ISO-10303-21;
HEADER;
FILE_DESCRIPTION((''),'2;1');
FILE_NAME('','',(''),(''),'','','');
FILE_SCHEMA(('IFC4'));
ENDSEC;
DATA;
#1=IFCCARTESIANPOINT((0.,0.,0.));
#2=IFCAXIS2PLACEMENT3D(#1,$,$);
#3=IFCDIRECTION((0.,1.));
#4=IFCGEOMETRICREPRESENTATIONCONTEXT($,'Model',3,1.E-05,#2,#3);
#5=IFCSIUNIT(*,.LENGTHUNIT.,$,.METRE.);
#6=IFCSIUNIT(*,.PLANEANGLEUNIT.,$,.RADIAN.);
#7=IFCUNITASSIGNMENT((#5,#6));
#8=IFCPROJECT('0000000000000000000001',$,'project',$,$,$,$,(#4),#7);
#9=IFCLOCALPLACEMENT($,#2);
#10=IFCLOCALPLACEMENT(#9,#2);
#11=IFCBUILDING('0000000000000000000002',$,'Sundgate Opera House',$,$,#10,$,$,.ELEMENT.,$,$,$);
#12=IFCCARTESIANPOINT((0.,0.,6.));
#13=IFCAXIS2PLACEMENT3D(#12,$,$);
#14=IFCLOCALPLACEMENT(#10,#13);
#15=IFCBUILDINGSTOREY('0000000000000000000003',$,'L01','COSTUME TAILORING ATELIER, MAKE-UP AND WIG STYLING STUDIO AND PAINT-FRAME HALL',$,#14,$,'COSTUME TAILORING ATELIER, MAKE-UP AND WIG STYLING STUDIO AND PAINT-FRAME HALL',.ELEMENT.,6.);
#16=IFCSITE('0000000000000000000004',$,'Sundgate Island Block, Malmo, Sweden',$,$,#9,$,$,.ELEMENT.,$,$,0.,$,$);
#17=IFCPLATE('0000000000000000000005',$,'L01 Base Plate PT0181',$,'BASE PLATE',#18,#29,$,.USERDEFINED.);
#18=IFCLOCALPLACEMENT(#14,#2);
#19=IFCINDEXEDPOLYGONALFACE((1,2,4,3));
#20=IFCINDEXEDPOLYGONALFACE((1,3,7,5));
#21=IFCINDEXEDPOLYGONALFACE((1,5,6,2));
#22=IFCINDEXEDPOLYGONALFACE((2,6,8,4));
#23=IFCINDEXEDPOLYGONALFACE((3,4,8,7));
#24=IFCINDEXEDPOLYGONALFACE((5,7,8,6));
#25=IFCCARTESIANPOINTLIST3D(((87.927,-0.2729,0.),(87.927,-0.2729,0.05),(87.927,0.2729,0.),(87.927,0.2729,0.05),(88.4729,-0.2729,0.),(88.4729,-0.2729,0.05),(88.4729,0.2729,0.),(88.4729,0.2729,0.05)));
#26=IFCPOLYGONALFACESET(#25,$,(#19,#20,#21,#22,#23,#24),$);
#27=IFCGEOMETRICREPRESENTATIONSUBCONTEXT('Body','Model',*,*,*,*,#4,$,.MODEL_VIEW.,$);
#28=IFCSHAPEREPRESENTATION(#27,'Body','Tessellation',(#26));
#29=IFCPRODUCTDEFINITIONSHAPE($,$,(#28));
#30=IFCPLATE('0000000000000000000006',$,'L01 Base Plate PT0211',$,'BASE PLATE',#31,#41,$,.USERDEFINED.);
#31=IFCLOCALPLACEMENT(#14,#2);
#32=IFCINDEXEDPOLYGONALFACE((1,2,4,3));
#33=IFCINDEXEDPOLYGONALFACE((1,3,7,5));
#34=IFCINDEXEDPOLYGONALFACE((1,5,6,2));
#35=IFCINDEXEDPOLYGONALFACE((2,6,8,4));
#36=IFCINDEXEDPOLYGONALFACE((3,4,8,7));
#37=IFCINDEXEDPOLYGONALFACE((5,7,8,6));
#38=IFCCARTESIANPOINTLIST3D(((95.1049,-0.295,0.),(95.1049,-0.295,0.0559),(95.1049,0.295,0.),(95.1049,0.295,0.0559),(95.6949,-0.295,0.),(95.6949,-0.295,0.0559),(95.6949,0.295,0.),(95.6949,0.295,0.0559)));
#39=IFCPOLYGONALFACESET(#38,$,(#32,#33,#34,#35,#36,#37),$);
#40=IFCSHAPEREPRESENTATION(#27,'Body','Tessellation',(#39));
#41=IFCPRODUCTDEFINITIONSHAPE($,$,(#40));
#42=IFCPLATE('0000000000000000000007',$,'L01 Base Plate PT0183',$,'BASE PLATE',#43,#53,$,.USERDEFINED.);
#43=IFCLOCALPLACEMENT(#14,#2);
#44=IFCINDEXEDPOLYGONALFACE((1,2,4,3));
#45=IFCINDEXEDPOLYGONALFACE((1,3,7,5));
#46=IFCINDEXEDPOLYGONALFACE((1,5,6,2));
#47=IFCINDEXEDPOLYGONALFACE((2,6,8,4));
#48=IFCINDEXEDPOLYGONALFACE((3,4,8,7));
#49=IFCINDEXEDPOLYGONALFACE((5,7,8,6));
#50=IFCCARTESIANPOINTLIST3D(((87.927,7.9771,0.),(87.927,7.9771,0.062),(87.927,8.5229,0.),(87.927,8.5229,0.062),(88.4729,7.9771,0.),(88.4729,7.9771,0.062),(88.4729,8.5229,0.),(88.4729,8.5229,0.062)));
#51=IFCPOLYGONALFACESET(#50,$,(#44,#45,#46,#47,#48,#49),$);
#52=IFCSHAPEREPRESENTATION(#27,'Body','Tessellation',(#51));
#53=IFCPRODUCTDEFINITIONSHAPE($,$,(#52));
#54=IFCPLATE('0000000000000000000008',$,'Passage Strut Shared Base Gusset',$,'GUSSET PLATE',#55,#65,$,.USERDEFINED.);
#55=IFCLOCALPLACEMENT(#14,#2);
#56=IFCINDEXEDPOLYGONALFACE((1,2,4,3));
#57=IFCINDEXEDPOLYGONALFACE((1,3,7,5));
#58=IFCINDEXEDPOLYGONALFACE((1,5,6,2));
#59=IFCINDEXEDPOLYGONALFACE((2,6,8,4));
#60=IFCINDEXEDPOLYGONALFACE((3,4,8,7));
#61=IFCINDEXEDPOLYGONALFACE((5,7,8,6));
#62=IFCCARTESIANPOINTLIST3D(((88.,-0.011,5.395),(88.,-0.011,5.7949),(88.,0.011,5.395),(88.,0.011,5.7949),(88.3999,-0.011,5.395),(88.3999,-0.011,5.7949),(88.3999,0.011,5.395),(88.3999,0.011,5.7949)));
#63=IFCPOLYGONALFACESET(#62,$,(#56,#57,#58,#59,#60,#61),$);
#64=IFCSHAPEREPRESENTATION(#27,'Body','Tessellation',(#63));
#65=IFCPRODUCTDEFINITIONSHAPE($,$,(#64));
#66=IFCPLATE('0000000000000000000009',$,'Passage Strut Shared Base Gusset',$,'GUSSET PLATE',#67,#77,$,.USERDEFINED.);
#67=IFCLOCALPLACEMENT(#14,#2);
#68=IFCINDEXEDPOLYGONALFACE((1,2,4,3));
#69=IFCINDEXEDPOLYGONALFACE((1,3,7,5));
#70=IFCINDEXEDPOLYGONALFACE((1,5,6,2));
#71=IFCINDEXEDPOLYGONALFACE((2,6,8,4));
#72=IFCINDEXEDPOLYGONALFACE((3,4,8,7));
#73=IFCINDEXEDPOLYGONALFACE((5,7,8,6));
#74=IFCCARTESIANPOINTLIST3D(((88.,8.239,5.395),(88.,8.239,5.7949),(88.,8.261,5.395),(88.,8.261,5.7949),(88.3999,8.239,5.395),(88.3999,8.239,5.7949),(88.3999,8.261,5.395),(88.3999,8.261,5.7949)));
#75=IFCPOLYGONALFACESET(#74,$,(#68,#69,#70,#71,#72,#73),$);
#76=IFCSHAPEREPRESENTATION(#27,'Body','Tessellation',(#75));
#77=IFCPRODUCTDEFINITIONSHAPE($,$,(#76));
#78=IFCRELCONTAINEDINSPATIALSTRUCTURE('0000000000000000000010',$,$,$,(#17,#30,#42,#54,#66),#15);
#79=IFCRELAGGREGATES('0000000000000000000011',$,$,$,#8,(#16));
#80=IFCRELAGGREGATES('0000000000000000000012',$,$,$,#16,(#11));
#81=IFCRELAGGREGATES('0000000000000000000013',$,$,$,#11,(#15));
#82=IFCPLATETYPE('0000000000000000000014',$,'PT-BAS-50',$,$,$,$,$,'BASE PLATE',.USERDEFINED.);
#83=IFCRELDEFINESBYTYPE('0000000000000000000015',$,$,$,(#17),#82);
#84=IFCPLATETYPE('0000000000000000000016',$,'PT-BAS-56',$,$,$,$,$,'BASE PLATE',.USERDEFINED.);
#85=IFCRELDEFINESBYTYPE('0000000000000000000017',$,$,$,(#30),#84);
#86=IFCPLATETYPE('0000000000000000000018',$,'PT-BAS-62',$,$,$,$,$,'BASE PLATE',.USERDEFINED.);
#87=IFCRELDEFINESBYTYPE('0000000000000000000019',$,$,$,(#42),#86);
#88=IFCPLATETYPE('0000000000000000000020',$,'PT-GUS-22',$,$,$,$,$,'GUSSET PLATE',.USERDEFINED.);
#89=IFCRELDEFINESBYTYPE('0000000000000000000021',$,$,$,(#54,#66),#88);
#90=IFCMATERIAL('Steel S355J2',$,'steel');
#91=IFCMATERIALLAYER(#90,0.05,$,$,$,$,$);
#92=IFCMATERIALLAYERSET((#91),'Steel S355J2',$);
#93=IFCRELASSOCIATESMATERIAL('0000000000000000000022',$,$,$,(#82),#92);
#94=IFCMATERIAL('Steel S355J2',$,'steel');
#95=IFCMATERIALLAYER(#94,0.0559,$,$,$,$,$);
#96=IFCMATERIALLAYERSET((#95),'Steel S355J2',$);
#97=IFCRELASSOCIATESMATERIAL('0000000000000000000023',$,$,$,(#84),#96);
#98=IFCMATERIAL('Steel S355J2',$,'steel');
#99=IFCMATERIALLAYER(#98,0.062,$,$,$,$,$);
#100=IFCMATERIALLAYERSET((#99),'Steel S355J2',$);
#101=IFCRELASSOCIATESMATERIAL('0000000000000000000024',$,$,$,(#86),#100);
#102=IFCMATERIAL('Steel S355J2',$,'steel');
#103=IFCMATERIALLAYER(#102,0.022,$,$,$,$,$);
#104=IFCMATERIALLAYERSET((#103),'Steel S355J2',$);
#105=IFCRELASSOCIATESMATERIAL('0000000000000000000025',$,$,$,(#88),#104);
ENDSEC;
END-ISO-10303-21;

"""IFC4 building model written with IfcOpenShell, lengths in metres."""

from ifc_helpers import new_model, si_unit, direction, frame, origin, origin_2d, place, context, subcontext, project, spatial, rectangle, extrude, material, layer, layer_set, type_object, element, save


model = new_model("IFC4")

# Units and contexts
model_context = context("Model", 3, precision=1e-05, world=origin(), true_north=direction((0.0, 1.0)))
body_context = subcontext(model_context, "Body", "Model", "MODEL_VIEW")
ifc_project = project(units=[si_unit("LENGTHUNIT", "METRE"), si_unit("PLANEANGLEUNIT", "RADIAN")], contexts=[model_context])

# Site, building, storey
site_placement = place(None, origin())
site = spatial("IfcSite", under=ifc_project, at=site_placement, Name="Sundgate Island Block, Malmo, Sweden", CompositionType="ELEMENT", RefElevation=0.0)
building_placement = place(site_placement, origin())
building = spatial("IfcBuilding", under=site, at=building_placement, Name="Sundgate Opera House", CompositionType="ELEMENT")
storey_placement = place(building_placement, frame((0.0, 0.0, 6.0)))
storey = spatial("IfcBuildingStorey", under=building, at=storey_placement, Name="L01", Description="COSTUME TAILORING ATELIER, MAKE-UP AND WIG STYLING STUDIO AND PAINT-FRAME HALL", LongName="COSTUME TAILORING ATELIER, MAKE-UP AND WIG STYLING STUDIO AND PAINT-FRAME HALL", CompositionType="ELEMENT", Elevation=6.0)

# Plates
ifc_material_1 = material(Name="Steel S355J2", Category="steel")
ifc_layer_1 = layer(ifc_material_1, 0.05)
ifc_layer_set_1 = layer_set([ifc_layer_1], Name="Steel S355J2")
plate_type_1 = type_object("IfcPlateType", Name="PT-BAS-50", ElementType="BASE PLATE", PredefinedType="USERDEFINED", material=ifc_layer_set_1)
plate_1_placement = place(storey_placement, frame((88.2, 0.0, 0.0), z_axis=(0.0, 0.0, 1.0), x_axis=(1.0, 0.0, 0.0)))
element("IfcPlate", 1, at=plate_1_placement, inside=storey, type_object=plate_type_1, Name="L01 Base Plate PT0181", ObjectType="BASE PLATE", PredefinedType="USERDEFINED", context=body_context, shape_type="SweptSolid", body=[
    extrude(rectangle(XDim=0.5459, YDim=0.5459, at=origin_2d()), origin(), (0.0, 0.0, 1.0), 0.05),
])
ifc_material_2 = material(Name="Steel S355J2", Category="steel")
ifc_layer_2 = layer(ifc_material_2, 0.0559)
ifc_layer_set_2 = layer_set([ifc_layer_2], Name="Steel S355J2")
plate_type_2 = type_object("IfcPlateType", Name="PT-BAS-56", ElementType="BASE PLATE", PredefinedType="USERDEFINED", material=ifc_layer_set_2)
plate_2_placement = place(storey_placement, frame((95.3999, 0.0, 0.0), z_axis=(0.0, 0.0, 1.0), x_axis=(1.0, 0.0, 0.0)))
element("IfcPlate", 2, at=plate_2_placement, inside=storey, type_object=plate_type_2, Name="L01 Base Plate PT0211", ObjectType="BASE PLATE", PredefinedType="USERDEFINED", context=body_context, shape_type="SweptSolid", body=[
    extrude(rectangle(XDim=0.5901, YDim=0.5901, at=origin_2d()), origin(), (0.0, 0.0, 1.0), 0.0559),
])
ifc_material_3 = material(Name="Steel S355J2", Category="steel")
ifc_layer_3 = layer(ifc_material_3, 0.062)
ifc_layer_set_3 = layer_set([ifc_layer_3], Name="Steel S355J2")
plate_type_3 = type_object("IfcPlateType", Name="PT-BAS-62", ElementType="BASE PLATE", PredefinedType="USERDEFINED", material=ifc_layer_set_3)
plate_3_placement = place(storey_placement, frame((88.2, 8.25, 0.0), z_axis=(0.0, 0.0, 1.0), x_axis=(1.0, 0.0, 0.0)))
element("IfcPlate", 3, at=plate_3_placement, inside=storey, type_object=plate_type_3, Name="L01 Base Plate PT0183", ObjectType="BASE PLATE", PredefinedType="USERDEFINED", context=body_context, shape_type="SweptSolid", body=[
    extrude(rectangle(XDim=0.5459, YDim=0.5459, at=origin_2d()), origin(), (0.0, 0.0, 1.0), 0.062),
])
ifc_material_4 = material(Name="Steel S355J2", Category="steel")
ifc_layer_4 = layer(ifc_material_4, 0.022)
ifc_layer_set_4 = layer_set([ifc_layer_4], Name="Steel S355J2")
plate_type_4 = type_object("IfcPlateType", Name="PT-GUS-22", ElementType="GUSSET PLATE", PredefinedType="USERDEFINED", material=ifc_layer_set_4)
for number, where, z_axis, x_axis, name in (
    (4, (88.2, 0.0, 5.395), (0.0, 0.0, 1.0), (1.0, 0.0, 0.0), "Passage Strut Shared Base Gusset"),
    (5, (88.2, 8.25, 5.395), (0.0, 0.0, 1.0), (1.0, 0.0, 0.0), "Passage Strut Shared Base Gusset"),
):
    element("IfcPlate", number, at=place(storey_placement, frame(where, z_axis=z_axis, x_axis=x_axis)), inside=storey, type_object=plate_type_4, Name=name, ObjectType="GUSSET PLATE", PredefinedType="USERDEFINED", context=body_context, shape_type="SweptSolid", body=[
        extrude(rectangle(XDim=0.3999, YDim=0.022, at=origin_2d()), origin(), (0.0, 0.0, 1.0), 0.3999),
    ])

save(model, "model.ifc")
